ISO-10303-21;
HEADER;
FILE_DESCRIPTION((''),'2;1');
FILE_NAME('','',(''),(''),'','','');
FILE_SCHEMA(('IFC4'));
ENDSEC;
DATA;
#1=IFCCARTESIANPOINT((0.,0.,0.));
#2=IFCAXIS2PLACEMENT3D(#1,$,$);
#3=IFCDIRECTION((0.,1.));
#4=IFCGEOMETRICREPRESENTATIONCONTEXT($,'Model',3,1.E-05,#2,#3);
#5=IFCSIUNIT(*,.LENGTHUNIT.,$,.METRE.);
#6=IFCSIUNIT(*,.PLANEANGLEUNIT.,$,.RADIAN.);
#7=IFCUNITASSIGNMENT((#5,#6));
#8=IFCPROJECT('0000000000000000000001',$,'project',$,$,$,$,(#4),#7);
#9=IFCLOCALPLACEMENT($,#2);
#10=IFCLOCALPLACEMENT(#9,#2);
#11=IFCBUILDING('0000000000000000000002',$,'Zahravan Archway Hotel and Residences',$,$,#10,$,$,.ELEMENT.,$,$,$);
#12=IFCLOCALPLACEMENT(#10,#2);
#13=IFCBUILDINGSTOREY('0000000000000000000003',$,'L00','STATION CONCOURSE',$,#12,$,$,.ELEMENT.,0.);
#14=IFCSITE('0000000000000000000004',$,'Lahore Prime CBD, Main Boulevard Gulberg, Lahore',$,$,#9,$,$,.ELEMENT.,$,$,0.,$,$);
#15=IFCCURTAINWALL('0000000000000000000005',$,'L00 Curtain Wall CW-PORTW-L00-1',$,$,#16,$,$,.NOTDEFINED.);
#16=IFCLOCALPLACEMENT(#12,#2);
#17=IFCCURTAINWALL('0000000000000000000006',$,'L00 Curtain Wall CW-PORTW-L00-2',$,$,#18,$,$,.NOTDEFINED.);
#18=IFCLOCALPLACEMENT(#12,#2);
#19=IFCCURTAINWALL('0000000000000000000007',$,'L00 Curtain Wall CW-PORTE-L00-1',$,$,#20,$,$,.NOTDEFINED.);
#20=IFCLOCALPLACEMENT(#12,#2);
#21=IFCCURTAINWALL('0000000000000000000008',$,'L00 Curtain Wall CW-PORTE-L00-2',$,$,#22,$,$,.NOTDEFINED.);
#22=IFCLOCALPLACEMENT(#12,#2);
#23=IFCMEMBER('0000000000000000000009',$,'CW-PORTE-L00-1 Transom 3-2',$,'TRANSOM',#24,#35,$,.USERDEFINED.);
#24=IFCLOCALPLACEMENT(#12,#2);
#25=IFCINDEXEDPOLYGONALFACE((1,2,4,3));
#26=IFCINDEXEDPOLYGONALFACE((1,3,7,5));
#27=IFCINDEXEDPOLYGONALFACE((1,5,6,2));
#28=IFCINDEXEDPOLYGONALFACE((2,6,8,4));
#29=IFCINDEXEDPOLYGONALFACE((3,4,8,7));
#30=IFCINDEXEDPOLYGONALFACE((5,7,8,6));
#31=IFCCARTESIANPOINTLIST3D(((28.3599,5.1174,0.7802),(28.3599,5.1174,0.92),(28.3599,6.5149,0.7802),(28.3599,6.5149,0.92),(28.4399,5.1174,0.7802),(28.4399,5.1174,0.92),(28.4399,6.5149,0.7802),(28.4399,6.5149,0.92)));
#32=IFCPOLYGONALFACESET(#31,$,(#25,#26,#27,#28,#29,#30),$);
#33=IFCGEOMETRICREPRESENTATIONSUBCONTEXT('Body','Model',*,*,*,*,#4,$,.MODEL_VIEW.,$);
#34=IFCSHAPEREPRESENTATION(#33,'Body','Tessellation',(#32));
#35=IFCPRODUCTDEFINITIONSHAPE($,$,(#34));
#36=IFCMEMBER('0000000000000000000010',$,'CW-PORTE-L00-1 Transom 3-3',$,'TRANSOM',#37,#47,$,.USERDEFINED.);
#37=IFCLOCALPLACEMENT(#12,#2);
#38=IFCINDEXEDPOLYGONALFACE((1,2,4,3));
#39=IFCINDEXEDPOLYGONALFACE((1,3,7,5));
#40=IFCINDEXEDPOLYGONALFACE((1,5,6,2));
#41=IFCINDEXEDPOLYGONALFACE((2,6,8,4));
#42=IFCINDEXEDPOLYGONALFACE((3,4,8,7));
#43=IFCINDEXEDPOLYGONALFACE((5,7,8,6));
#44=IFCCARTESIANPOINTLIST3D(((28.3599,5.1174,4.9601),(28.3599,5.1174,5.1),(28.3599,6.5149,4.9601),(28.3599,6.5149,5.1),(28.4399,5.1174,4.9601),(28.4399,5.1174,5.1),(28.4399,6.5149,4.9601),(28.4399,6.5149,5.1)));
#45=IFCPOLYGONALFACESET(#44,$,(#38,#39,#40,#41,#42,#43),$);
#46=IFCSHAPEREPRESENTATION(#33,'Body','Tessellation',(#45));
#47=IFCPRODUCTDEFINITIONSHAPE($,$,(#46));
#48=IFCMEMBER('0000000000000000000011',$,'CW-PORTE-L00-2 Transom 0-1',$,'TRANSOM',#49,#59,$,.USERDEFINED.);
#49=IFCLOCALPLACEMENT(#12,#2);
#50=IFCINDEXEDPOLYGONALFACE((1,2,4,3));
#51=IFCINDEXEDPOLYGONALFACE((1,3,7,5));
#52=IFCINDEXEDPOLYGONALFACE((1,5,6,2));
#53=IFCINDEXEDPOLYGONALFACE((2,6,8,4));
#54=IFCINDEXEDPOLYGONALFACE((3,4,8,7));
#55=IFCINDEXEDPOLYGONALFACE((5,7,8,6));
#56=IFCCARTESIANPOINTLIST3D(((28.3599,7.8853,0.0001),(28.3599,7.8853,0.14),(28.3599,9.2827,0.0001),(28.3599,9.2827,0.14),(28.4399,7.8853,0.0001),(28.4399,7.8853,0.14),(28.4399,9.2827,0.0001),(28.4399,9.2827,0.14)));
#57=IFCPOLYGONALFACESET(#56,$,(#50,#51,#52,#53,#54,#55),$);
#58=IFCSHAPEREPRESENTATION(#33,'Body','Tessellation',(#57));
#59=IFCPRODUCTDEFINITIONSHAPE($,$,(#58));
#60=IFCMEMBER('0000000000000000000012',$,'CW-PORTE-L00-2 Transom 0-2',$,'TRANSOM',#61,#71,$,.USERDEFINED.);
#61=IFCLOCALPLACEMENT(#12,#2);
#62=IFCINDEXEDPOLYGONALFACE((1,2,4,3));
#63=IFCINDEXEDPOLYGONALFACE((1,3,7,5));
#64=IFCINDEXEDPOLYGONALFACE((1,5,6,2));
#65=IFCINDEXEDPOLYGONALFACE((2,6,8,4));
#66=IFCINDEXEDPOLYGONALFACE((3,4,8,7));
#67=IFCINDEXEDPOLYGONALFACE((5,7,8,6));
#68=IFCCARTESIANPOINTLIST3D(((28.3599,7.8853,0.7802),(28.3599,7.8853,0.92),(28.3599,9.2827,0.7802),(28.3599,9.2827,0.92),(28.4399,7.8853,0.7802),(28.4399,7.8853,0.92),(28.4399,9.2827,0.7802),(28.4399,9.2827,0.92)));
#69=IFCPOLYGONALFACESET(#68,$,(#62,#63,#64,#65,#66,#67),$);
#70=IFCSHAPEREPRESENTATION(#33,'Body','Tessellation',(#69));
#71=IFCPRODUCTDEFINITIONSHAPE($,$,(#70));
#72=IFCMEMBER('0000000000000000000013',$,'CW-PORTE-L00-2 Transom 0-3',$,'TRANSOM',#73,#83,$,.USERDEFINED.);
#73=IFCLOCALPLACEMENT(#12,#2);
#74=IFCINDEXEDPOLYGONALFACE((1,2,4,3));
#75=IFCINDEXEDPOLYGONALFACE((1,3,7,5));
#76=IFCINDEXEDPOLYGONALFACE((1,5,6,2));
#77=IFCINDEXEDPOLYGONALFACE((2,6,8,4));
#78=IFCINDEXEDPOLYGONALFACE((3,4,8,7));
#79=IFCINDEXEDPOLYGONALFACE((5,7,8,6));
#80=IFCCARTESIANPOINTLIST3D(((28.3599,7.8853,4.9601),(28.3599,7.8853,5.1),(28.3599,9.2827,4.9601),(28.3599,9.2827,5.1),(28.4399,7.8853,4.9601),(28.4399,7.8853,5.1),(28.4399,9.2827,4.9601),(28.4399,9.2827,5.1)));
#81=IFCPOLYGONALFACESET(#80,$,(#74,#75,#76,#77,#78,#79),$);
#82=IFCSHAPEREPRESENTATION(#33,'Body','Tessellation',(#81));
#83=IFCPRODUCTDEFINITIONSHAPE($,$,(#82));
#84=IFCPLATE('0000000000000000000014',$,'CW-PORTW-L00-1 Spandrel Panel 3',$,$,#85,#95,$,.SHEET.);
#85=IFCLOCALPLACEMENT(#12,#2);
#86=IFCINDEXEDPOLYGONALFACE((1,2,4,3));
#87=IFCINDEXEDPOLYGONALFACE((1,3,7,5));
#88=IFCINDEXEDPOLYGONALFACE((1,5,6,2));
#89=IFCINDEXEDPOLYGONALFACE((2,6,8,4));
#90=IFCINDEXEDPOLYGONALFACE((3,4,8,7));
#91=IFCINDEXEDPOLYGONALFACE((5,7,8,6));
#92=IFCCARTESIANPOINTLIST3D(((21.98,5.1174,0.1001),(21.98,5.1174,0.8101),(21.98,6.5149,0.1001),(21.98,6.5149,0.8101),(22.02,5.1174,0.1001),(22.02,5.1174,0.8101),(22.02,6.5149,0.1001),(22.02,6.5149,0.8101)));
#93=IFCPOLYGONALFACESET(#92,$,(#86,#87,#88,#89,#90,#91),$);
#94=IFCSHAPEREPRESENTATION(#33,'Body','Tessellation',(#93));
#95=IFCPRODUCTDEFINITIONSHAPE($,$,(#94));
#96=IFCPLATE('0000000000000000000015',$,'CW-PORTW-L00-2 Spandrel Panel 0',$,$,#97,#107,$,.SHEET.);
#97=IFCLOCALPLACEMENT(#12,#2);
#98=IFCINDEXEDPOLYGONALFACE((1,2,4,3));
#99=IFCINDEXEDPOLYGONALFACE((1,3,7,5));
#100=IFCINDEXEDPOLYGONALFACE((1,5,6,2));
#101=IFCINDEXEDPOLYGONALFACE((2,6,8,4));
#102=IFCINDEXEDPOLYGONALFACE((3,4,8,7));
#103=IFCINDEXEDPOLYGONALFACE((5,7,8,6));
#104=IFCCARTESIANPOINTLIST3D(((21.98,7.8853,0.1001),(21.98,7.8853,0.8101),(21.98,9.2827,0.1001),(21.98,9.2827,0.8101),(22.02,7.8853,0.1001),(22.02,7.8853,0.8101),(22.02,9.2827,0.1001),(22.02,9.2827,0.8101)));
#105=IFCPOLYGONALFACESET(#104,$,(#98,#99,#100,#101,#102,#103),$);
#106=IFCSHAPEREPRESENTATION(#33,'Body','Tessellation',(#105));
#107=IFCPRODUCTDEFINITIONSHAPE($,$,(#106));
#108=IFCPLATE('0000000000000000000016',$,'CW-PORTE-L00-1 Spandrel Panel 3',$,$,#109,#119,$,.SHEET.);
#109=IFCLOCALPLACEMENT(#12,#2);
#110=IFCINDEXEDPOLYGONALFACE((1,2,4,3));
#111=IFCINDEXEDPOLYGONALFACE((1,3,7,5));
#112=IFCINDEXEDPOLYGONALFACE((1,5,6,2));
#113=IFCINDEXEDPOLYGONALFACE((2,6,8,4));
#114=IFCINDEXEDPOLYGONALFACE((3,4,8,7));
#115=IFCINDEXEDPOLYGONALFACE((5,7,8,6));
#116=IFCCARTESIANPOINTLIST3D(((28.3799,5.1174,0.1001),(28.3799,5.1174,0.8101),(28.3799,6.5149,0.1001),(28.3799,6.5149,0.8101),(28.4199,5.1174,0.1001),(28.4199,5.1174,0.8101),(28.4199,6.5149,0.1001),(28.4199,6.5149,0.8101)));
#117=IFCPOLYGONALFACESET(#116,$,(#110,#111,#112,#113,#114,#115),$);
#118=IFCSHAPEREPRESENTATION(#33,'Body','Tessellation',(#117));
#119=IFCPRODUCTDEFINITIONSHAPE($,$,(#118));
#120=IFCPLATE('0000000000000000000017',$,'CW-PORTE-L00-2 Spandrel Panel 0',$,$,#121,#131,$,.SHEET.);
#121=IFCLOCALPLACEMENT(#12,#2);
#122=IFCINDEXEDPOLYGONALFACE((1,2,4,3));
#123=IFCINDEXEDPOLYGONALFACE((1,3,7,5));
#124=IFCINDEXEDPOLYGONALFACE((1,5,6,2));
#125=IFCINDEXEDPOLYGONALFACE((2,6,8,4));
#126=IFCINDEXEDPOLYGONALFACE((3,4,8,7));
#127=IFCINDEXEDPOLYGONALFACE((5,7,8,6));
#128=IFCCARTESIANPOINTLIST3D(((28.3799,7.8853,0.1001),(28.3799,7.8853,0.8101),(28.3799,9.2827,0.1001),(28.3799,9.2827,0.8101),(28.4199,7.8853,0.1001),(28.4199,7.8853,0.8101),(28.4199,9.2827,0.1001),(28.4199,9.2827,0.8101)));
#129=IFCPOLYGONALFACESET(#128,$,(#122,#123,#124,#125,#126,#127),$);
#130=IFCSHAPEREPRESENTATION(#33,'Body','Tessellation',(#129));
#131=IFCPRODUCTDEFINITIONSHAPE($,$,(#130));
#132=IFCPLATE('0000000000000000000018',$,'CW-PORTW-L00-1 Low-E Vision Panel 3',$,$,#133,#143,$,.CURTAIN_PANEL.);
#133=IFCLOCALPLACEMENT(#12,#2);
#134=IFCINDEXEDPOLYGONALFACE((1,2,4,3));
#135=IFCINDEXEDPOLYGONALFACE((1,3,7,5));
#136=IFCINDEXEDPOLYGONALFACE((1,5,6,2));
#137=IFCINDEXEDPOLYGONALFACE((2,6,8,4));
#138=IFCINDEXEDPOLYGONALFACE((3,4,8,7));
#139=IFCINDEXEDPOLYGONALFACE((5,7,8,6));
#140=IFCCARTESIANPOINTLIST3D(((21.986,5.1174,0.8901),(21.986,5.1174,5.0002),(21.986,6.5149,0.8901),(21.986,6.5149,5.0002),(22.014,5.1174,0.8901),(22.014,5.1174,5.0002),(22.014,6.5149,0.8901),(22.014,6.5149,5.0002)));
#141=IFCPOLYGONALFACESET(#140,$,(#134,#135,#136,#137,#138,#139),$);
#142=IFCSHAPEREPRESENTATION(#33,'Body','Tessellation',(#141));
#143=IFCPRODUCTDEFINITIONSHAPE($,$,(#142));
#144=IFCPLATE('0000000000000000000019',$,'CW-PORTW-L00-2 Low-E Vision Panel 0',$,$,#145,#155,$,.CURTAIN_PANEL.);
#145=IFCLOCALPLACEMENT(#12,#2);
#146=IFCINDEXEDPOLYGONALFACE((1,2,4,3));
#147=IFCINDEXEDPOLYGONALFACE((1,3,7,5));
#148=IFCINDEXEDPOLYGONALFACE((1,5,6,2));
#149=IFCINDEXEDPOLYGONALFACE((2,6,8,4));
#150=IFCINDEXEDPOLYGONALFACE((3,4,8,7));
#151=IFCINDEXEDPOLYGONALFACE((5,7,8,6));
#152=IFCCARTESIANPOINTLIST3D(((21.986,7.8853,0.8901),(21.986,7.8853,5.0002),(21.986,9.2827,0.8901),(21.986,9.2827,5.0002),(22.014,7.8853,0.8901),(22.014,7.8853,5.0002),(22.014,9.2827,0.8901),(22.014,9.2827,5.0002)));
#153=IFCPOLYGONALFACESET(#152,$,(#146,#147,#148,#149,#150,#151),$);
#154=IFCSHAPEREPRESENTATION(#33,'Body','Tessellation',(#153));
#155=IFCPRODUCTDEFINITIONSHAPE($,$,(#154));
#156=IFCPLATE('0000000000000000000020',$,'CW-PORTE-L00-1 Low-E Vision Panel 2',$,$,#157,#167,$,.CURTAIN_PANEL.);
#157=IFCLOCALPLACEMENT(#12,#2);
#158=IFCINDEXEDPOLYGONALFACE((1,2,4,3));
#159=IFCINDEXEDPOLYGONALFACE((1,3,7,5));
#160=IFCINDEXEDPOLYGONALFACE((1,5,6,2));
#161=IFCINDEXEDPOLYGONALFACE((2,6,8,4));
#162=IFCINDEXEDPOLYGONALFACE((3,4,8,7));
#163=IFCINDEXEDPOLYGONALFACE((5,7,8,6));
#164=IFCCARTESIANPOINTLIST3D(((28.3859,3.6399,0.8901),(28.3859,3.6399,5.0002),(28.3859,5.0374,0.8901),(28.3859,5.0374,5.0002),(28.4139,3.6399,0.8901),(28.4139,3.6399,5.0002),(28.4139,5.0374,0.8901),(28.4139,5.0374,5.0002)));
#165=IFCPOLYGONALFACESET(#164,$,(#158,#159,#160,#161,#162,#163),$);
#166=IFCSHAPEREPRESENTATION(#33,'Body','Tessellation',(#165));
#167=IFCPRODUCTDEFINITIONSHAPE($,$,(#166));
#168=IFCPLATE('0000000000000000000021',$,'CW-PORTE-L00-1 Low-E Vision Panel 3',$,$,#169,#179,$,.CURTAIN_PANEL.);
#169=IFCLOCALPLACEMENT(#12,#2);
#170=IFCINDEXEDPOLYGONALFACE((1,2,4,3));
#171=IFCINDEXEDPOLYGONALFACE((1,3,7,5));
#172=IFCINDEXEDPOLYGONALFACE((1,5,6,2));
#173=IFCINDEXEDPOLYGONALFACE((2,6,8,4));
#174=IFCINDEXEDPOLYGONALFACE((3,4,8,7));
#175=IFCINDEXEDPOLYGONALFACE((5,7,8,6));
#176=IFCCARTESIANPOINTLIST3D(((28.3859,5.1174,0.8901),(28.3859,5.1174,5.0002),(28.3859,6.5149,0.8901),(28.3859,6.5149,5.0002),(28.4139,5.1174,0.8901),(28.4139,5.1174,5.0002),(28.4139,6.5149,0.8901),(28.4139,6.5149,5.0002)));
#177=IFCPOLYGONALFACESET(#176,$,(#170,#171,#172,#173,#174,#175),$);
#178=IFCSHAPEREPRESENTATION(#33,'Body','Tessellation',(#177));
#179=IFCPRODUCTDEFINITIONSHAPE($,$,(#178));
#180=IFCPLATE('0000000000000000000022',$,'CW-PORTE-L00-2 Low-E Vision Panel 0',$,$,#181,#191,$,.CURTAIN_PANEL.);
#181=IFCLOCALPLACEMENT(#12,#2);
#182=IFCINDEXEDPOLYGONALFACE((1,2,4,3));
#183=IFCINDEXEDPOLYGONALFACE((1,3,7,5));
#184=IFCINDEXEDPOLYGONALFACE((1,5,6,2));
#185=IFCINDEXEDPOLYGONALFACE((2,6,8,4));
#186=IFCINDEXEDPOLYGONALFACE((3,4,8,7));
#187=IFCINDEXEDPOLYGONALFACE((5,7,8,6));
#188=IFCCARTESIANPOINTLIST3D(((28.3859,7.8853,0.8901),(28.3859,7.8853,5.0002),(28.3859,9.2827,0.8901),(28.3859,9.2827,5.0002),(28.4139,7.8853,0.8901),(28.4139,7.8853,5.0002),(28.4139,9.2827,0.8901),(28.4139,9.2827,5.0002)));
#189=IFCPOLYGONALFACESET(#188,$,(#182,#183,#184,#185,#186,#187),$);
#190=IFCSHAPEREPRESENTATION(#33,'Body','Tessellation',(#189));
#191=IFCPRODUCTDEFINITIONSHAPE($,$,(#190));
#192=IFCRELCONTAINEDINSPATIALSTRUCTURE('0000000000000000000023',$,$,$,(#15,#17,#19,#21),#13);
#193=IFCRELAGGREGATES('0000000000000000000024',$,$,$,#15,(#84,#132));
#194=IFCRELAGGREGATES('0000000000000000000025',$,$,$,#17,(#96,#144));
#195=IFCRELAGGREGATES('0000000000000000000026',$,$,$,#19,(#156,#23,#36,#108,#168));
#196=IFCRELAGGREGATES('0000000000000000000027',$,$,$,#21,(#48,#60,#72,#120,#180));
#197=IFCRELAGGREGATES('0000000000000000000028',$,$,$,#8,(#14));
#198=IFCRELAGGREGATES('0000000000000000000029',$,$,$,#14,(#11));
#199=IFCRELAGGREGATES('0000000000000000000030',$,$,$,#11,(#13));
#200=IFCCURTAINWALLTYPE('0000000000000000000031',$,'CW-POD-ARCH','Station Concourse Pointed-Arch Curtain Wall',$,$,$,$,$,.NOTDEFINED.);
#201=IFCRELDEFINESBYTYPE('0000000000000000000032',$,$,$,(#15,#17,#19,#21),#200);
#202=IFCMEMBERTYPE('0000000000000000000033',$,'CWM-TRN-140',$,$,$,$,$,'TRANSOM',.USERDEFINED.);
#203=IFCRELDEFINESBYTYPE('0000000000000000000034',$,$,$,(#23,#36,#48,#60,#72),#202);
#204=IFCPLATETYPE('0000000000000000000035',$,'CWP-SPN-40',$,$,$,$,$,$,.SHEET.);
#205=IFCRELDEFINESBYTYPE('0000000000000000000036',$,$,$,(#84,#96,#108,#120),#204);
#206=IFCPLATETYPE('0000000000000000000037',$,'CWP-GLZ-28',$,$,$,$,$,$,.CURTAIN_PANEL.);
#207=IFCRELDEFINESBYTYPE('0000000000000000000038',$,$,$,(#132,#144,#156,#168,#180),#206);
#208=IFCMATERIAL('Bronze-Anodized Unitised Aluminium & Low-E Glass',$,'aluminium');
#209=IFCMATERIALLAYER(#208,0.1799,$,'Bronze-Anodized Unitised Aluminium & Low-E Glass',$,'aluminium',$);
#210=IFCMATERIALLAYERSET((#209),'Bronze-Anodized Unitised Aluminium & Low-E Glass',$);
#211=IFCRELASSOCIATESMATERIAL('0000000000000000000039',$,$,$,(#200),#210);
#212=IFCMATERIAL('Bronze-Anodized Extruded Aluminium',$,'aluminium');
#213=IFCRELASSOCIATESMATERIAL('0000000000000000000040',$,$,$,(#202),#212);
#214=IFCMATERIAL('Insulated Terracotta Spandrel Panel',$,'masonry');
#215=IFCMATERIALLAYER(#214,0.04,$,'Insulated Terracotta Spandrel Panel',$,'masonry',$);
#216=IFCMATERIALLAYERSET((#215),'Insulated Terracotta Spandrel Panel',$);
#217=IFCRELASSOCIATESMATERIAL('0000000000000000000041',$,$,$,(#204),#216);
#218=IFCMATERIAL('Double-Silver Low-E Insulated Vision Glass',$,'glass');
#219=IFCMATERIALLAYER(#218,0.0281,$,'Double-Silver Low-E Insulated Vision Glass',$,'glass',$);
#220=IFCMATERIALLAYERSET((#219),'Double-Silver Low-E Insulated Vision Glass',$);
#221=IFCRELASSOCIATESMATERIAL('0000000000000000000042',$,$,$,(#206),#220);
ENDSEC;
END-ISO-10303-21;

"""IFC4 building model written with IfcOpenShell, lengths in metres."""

from ifc_helpers import new_model, si_unit, direction, frame, origin, origin_2d, place, context, subcontext, project, spatial, rectangle, extrude, source, transform, mapped, material, layer, layer_set, material_profile, profile_set, type_object, element, aggregate, save


model = new_model("IFC4")

# Units and contexts
model_context = context("Model", 3, precision=1e-05, world=origin(), true_north=direction((0.0, 1.0)))
body_context = subcontext(model_context, "Body", "Model", "MODEL_VIEW")
ifc_project = project(units=[si_unit("LENGTHUNIT", "METRE"), si_unit("PLANEANGLEUNIT", "RADIAN")], contexts=[model_context])

# Site, building, storey
site_placement = place(None, origin())
site = spatial("IfcSite", under=ifc_project, at=site_placement, Name="Lahore Prime CBD, Main Boulevard Gulberg, Lahore", CompositionType="ELEMENT", RefElevation=0.0)
building_placement = place(site_placement, origin())
building = spatial("IfcBuilding", under=site, at=building_placement, Name="Zahravan Archway Hotel and Residences", CompositionType="ELEMENT")
storey_placement = place(building_placement, origin())
storey = spatial("IfcBuildingStorey", under=building, at=storey_placement, Name="L00", Description="STATION CONCOURSE", CompositionType="ELEMENT", Elevation=0.0)

# Curtain walls
ifc_material_1 = material(Name="Bronze-Anodized Unitised Aluminium & Low-E Glass", Category="aluminium")
ifc_layer_1 = layer(ifc_material_1, 0.1799, Name="Bronze-Anodized Unitised Aluminium & Low-E Glass", Category="aluminium")
ifc_layer_set_1 = layer_set([ifc_layer_1], Name="Bronze-Anodized Unitised Aluminium & Low-E Glass")
curtain_wall_type = type_object("IfcCurtainWallType", Name="CW-POD-ARCH", Description="Station Concourse Pointed-Arch Curtain Wall", PredefinedType="NOTDEFINED", material=ifc_layer_set_1)
curtain_wall_1_placement = place(storey_placement, origin())
curtain_wall_1 = element("IfcCurtainWall", 1, at=curtain_wall_1_placement, inside=storey, type_object=curtain_wall_type, Name="L00 Curtain Wall CW-PORTW-L00-1", PredefinedType="NOTDEFINED")
ifc_material_2 = material(Name="Bronze-Anodized Extruded Aluminium", Category="aluminium")
curtain_wall_2_placement = place(storey_placement, origin())
curtain_wall_2 = element("IfcCurtainWall", 2, at=curtain_wall_2_placement, inside=storey, type_object=curtain_wall_type, Name="L00 Curtain Wall CW-PORTW-L00-2", PredefinedType="NOTDEFINED")
curtain_wall_3_placement = place(storey_placement, origin())
curtain_wall_3 = element("IfcCurtainWall", 3, at=curtain_wall_3_placement, inside=storey, type_object=curtain_wall_type, Name="L00 Curtain Wall CW-PORTE-L00-1", PredefinedType="NOTDEFINED")
curtain_wall_4_placement = place(storey_placement, origin())
curtain_wall_4 = element("IfcCurtainWall", 4, at=curtain_wall_4_placement, inside=storey, type_object=curtain_wall_type, Name="L00 Curtain Wall CW-PORTE-L00-2", PredefinedType="NOTDEFINED")

# Members
ifc_material_profile_1 = material_profile(ifc_material_2, rectangle(XDim=0.0801, YDim=0.1399, at=origin_2d()), Name="TRN 80x140", Category="aluminium")
ifc_profile_set_1 = profile_set([ifc_material_profile_1], Name="Bronze-Anodized Extruded Aluminium")
member_type_1 = type_object("IfcMemberType", Name="CWM-TRN-140", ElementType="TRANSOM", PredefinedType="USERDEFINED", material=ifc_profile_set_1)
shared_shape_1 = source(origin(), body_context, "Body", "SweptSolid", [
    extrude(rectangle(XDim=0.0801, YDim=0.1399, at=origin_2d()), origin(), (0.0, 0.0, 1.0), 1.3975),
])
member_1_placement = place(storey_placement, frame((28.3999, 5.1174, 0.8501), z_axis=(0.0, 1.0, 0.0), x_axis=(-1.0, 0.0, 0.0)))
member_1 = element("IfcMember", 5, at=member_1_placement, type_object=member_type_1, Name="CW-PORTE-L00-1 Transom 3-2", ObjectType="TRANSOM", PredefinedType="USERDEFINED", context=body_context, shape_type="MappedRepresentation", body=[
    mapped(shared_shape_1, transform((0.0, 0.0, 0.0), scale=1.0)),
])
member_2_placement = place(storey_placement, frame((28.3999, 5.1174, 5.03), z_axis=(0.0, 1.0, 0.0), x_axis=(-1.0, 0.0, 0.0)))
member_2 = element("IfcMember", 6, at=member_2_placement, type_object=member_type_1, Name="CW-PORTE-L00-1 Transom 3-3", ObjectType="TRANSOM", PredefinedType="USERDEFINED", context=body_context, shape_type="MappedRepresentation", body=[
    mapped(shared_shape_1, transform((0.0, 0.0, 0.0), scale=1.0)),
])
member_3_placement = place(storey_placement, frame((28.3999, 7.8853, 0.0701), z_axis=(0.0, 1.0, 0.0), x_axis=(-1.0, 0.0, 0.0)))
member_3 = element("IfcMember", 7, at=member_3_placement, type_object=member_type_1, Name="CW-PORTE-L00-2 Transom 0-1", ObjectType="TRANSOM", PredefinedType="USERDEFINED", context=body_context, shape_type="MappedRepresentation", body=[
    mapped(shared_shape_1, transform((0.0, 0.0, 0.0), scale=1.0)),
])
member_4_placement = place(storey_placement, frame((28.3999, 7.8853, 0.8501), z_axis=(0.0, 1.0, 0.0), x_axis=(-1.0, 0.0, 0.0)))
member_4 = element("IfcMember", 8, at=member_4_placement, type_object=member_type_1, Name="CW-PORTE-L00-2 Transom 0-2", ObjectType="TRANSOM", PredefinedType="USERDEFINED", context=body_context, shape_type="MappedRepresentation", body=[
    mapped(shared_shape_1, transform((0.0, 0.0, 0.0), scale=1.0)),
])
member_5_placement = place(storey_placement, frame((28.3999, 7.8853, 5.03), z_axis=(0.0, 1.0, 0.0), x_axis=(-1.0, 0.0, 0.0)))
member_5 = element("IfcMember", 9, at=member_5_placement, type_object=member_type_1, Name="CW-PORTE-L00-2 Transom 0-3", ObjectType="TRANSOM", PredefinedType="USERDEFINED", context=body_context, shape_type="MappedRepresentation", body=[
    mapped(shared_shape_1, transform((0.0, 0.0, 0.0), scale=1.0)),
])

# Plates
ifc_material_3 = material(Name="Insulated Terracotta Spandrel Panel", Category="masonry")
ifc_layer_2 = layer(ifc_material_3, 0.04, Name="Insulated Terracotta Spandrel Panel", Category="masonry")
ifc_layer_set_2 = layer_set([ifc_layer_2], Name="Insulated Terracotta Spandrel Panel")
plate_type_1 = type_object("IfcPlateType", Name="CWP-SPN-40", PredefinedType="SHEET", material=ifc_layer_set_2)
shared_shape_2 = source(origin(), body_context, "Body", "SweptSolid", [
    extrude(rectangle(XDim=1.3975, YDim=0.04, at=origin_2d()), origin(), (0.0, 0.0, 1.0), 0.71),
])
plate_1_placement = place(storey_placement, frame((22.0, 5.8162, 0.1001), z_axis=(0.0, 0.0, 1.0), x_axis=(0.0, 1.0, 0.0)))
plate_1 = element("IfcPlate", 10, at=plate_1_placement, type_object=plate_type_1, Name="CW-PORTW-L00-1 Spandrel Panel 3", PredefinedType="SHEET", context=body_context, shape_type="MappedRepresentation", body=[
    mapped(shared_shape_2, transform((0.0, 0.0, 0.0), scale=1.0)),
])
plate_2_placement = place(storey_placement, frame((22.0, 8.584, 0.1001), z_axis=(0.0, 0.0, 1.0), x_axis=(0.0, 1.0, 0.0)))
plate_2 = element("IfcPlate", 11, at=plate_2_placement, type_object=plate_type_1, Name="CW-PORTW-L00-2 Spandrel Panel 0", PredefinedType="SHEET", context=body_context, shape_type="MappedRepresentation", body=[
    mapped(shared_shape_2, transform((0.0, 0.0, 0.0), scale=1.0)),
])
plate_3_placement = place(storey_placement, frame((28.3999, 5.8162, 0.1001), z_axis=(0.0, 0.0, 1.0), x_axis=(0.0, 1.0, 0.0)))
plate_3 = element("IfcPlate", 12, at=plate_3_placement, type_object=plate_type_1, Name="CW-PORTE-L00-1 Spandrel Panel 3", PredefinedType="SHEET", context=body_context, shape_type="MappedRepresentation", body=[
    mapped(shared_shape_2, transform((0.0, 0.0, 0.0), scale=1.0)),
])
plate_4_placement = place(storey_placement, frame((28.3999, 8.584, 0.1001), z_axis=(0.0, 0.0, 1.0), x_axis=(0.0, 1.0, 0.0)))
plate_4 = element("IfcPlate", 13, at=plate_4_placement, type_object=plate_type_1, Name="CW-PORTE-L00-2 Spandrel Panel 0", PredefinedType="SHEET", context=body_context, shape_type="MappedRepresentation", body=[
    mapped(shared_shape_2, transform((0.0, 0.0, 0.0), scale=1.0)),
])
ifc_material_4 = material(Name="Double-Silver Low-E Insulated Vision Glass", Category="glass")
ifc_layer_3 = layer(ifc_material_4, 0.0281, Name="Double-Silver Low-E Insulated Vision Glass", Category="glass")
ifc_layer_set_3 = layer_set([ifc_layer_3], Name="Double-Silver Low-E Insulated Vision Glass")
plate_type_2 = type_object("IfcPlateType", Name="CWP-GLZ-28", PredefinedType="CURTAIN_PANEL", material=ifc_layer_set_3)
shared_shape_3 = source(origin(), body_context, "Body", "SweptSolid", [
    extrude(rectangle(XDim=1.3975, YDim=0.0281, at=origin_2d()), origin(), (0.0, 0.0, 1.0), 4.1101),
])
plate_5_placement = place(storey_placement, frame((22.0, 5.8162, 0.8901), z_axis=(0.0, 0.0, 1.0), x_axis=(0.0, 1.0, 0.0)))
plate_5 = element("IfcPlate", 14, at=plate_5_placement, type_object=plate_type_2, Name="CW-PORTW-L00-1 Low-E Vision Panel 3", PredefinedType="CURTAIN_PANEL", context=body_context, shape_type="MappedRepresentation", body=[
    mapped(shared_shape_3, transform((0.0, 0.0, 0.0), scale=1.0)),
])
aggregate(curtain_wall_1, [plate_1, plate_5])
plate_6_placement = place(storey_placement, frame((22.0, 8.584, 0.8901), z_axis=(0.0, 0.0, 1.0), x_axis=(0.0, 1.0, 0.0)))
plate_6 = element("IfcPlate", 15, at=plate_6_placement, type_object=plate_type_2, Name="CW-PORTW-L00-2 Low-E Vision Panel 0", PredefinedType="CURTAIN_PANEL", context=body_context, shape_type="MappedRepresentation", body=[
    mapped(shared_shape_3, transform((0.0, 0.0, 0.0), scale=1.0)),
])
aggregate(curtain_wall_2, [plate_2, plate_6])
plate_7_placement = place(storey_placement, frame((28.3999, 4.3386, 0.8901), z_axis=(0.0, 0.0, 1.0), x_axis=(0.0, 1.0, 0.0)))
plate_7 = element("IfcPlate", 16, at=plate_7_placement, type_object=plate_type_2, Name="CW-PORTE-L00-1 Low-E Vision Panel 2", PredefinedType="CURTAIN_PANEL", context=body_context, shape_type="MappedRepresentation", body=[
    mapped(shared_shape_3, transform((0.0, 0.0, 0.0), scale=1.0)),
])
plate_8_placement = place(storey_placement, frame((28.3999, 5.8162, 0.8901), z_axis=(0.0, 0.0, 1.0), x_axis=(0.0, 1.0, 0.0)))
plate_8 = element("IfcPlate", 17, at=plate_8_placement, type_object=plate_type_2, Name="CW-PORTE-L00-1 Low-E Vision Panel 3", PredefinedType="CURTAIN_PANEL", context=body_context, shape_type="MappedRepresentation", body=[
    mapped(shared_shape_3, transform((0.0, 0.0, 0.0), scale=1.0)),
])
aggregate(curtain_wall_3, [plate_7, member_1, member_2, plate_3, plate_8])
plate_9_placement = place(storey_placement, frame((28.3999, 8.584, 0.8901), z_axis=(0.0, 0.0, 1.0), x_axis=(0.0, 1.0, 0.0)))
plate_9 = element("IfcPlate", 18, at=plate_9_placement, type_object=plate_type_2, Name="CW-PORTE-L00-2 Low-E Vision Panel 0", PredefinedType="CURTAIN_PANEL", context=body_context, shape_type="MappedRepresentation", body=[
    mapped(shared_shape_3, transform((0.0, 0.0, 0.0), scale=1.0)),
])
aggregate(curtain_wall_4, [member_3, member_4, member_5, plate_4, plate_9])

save(model, "model.ifc")
